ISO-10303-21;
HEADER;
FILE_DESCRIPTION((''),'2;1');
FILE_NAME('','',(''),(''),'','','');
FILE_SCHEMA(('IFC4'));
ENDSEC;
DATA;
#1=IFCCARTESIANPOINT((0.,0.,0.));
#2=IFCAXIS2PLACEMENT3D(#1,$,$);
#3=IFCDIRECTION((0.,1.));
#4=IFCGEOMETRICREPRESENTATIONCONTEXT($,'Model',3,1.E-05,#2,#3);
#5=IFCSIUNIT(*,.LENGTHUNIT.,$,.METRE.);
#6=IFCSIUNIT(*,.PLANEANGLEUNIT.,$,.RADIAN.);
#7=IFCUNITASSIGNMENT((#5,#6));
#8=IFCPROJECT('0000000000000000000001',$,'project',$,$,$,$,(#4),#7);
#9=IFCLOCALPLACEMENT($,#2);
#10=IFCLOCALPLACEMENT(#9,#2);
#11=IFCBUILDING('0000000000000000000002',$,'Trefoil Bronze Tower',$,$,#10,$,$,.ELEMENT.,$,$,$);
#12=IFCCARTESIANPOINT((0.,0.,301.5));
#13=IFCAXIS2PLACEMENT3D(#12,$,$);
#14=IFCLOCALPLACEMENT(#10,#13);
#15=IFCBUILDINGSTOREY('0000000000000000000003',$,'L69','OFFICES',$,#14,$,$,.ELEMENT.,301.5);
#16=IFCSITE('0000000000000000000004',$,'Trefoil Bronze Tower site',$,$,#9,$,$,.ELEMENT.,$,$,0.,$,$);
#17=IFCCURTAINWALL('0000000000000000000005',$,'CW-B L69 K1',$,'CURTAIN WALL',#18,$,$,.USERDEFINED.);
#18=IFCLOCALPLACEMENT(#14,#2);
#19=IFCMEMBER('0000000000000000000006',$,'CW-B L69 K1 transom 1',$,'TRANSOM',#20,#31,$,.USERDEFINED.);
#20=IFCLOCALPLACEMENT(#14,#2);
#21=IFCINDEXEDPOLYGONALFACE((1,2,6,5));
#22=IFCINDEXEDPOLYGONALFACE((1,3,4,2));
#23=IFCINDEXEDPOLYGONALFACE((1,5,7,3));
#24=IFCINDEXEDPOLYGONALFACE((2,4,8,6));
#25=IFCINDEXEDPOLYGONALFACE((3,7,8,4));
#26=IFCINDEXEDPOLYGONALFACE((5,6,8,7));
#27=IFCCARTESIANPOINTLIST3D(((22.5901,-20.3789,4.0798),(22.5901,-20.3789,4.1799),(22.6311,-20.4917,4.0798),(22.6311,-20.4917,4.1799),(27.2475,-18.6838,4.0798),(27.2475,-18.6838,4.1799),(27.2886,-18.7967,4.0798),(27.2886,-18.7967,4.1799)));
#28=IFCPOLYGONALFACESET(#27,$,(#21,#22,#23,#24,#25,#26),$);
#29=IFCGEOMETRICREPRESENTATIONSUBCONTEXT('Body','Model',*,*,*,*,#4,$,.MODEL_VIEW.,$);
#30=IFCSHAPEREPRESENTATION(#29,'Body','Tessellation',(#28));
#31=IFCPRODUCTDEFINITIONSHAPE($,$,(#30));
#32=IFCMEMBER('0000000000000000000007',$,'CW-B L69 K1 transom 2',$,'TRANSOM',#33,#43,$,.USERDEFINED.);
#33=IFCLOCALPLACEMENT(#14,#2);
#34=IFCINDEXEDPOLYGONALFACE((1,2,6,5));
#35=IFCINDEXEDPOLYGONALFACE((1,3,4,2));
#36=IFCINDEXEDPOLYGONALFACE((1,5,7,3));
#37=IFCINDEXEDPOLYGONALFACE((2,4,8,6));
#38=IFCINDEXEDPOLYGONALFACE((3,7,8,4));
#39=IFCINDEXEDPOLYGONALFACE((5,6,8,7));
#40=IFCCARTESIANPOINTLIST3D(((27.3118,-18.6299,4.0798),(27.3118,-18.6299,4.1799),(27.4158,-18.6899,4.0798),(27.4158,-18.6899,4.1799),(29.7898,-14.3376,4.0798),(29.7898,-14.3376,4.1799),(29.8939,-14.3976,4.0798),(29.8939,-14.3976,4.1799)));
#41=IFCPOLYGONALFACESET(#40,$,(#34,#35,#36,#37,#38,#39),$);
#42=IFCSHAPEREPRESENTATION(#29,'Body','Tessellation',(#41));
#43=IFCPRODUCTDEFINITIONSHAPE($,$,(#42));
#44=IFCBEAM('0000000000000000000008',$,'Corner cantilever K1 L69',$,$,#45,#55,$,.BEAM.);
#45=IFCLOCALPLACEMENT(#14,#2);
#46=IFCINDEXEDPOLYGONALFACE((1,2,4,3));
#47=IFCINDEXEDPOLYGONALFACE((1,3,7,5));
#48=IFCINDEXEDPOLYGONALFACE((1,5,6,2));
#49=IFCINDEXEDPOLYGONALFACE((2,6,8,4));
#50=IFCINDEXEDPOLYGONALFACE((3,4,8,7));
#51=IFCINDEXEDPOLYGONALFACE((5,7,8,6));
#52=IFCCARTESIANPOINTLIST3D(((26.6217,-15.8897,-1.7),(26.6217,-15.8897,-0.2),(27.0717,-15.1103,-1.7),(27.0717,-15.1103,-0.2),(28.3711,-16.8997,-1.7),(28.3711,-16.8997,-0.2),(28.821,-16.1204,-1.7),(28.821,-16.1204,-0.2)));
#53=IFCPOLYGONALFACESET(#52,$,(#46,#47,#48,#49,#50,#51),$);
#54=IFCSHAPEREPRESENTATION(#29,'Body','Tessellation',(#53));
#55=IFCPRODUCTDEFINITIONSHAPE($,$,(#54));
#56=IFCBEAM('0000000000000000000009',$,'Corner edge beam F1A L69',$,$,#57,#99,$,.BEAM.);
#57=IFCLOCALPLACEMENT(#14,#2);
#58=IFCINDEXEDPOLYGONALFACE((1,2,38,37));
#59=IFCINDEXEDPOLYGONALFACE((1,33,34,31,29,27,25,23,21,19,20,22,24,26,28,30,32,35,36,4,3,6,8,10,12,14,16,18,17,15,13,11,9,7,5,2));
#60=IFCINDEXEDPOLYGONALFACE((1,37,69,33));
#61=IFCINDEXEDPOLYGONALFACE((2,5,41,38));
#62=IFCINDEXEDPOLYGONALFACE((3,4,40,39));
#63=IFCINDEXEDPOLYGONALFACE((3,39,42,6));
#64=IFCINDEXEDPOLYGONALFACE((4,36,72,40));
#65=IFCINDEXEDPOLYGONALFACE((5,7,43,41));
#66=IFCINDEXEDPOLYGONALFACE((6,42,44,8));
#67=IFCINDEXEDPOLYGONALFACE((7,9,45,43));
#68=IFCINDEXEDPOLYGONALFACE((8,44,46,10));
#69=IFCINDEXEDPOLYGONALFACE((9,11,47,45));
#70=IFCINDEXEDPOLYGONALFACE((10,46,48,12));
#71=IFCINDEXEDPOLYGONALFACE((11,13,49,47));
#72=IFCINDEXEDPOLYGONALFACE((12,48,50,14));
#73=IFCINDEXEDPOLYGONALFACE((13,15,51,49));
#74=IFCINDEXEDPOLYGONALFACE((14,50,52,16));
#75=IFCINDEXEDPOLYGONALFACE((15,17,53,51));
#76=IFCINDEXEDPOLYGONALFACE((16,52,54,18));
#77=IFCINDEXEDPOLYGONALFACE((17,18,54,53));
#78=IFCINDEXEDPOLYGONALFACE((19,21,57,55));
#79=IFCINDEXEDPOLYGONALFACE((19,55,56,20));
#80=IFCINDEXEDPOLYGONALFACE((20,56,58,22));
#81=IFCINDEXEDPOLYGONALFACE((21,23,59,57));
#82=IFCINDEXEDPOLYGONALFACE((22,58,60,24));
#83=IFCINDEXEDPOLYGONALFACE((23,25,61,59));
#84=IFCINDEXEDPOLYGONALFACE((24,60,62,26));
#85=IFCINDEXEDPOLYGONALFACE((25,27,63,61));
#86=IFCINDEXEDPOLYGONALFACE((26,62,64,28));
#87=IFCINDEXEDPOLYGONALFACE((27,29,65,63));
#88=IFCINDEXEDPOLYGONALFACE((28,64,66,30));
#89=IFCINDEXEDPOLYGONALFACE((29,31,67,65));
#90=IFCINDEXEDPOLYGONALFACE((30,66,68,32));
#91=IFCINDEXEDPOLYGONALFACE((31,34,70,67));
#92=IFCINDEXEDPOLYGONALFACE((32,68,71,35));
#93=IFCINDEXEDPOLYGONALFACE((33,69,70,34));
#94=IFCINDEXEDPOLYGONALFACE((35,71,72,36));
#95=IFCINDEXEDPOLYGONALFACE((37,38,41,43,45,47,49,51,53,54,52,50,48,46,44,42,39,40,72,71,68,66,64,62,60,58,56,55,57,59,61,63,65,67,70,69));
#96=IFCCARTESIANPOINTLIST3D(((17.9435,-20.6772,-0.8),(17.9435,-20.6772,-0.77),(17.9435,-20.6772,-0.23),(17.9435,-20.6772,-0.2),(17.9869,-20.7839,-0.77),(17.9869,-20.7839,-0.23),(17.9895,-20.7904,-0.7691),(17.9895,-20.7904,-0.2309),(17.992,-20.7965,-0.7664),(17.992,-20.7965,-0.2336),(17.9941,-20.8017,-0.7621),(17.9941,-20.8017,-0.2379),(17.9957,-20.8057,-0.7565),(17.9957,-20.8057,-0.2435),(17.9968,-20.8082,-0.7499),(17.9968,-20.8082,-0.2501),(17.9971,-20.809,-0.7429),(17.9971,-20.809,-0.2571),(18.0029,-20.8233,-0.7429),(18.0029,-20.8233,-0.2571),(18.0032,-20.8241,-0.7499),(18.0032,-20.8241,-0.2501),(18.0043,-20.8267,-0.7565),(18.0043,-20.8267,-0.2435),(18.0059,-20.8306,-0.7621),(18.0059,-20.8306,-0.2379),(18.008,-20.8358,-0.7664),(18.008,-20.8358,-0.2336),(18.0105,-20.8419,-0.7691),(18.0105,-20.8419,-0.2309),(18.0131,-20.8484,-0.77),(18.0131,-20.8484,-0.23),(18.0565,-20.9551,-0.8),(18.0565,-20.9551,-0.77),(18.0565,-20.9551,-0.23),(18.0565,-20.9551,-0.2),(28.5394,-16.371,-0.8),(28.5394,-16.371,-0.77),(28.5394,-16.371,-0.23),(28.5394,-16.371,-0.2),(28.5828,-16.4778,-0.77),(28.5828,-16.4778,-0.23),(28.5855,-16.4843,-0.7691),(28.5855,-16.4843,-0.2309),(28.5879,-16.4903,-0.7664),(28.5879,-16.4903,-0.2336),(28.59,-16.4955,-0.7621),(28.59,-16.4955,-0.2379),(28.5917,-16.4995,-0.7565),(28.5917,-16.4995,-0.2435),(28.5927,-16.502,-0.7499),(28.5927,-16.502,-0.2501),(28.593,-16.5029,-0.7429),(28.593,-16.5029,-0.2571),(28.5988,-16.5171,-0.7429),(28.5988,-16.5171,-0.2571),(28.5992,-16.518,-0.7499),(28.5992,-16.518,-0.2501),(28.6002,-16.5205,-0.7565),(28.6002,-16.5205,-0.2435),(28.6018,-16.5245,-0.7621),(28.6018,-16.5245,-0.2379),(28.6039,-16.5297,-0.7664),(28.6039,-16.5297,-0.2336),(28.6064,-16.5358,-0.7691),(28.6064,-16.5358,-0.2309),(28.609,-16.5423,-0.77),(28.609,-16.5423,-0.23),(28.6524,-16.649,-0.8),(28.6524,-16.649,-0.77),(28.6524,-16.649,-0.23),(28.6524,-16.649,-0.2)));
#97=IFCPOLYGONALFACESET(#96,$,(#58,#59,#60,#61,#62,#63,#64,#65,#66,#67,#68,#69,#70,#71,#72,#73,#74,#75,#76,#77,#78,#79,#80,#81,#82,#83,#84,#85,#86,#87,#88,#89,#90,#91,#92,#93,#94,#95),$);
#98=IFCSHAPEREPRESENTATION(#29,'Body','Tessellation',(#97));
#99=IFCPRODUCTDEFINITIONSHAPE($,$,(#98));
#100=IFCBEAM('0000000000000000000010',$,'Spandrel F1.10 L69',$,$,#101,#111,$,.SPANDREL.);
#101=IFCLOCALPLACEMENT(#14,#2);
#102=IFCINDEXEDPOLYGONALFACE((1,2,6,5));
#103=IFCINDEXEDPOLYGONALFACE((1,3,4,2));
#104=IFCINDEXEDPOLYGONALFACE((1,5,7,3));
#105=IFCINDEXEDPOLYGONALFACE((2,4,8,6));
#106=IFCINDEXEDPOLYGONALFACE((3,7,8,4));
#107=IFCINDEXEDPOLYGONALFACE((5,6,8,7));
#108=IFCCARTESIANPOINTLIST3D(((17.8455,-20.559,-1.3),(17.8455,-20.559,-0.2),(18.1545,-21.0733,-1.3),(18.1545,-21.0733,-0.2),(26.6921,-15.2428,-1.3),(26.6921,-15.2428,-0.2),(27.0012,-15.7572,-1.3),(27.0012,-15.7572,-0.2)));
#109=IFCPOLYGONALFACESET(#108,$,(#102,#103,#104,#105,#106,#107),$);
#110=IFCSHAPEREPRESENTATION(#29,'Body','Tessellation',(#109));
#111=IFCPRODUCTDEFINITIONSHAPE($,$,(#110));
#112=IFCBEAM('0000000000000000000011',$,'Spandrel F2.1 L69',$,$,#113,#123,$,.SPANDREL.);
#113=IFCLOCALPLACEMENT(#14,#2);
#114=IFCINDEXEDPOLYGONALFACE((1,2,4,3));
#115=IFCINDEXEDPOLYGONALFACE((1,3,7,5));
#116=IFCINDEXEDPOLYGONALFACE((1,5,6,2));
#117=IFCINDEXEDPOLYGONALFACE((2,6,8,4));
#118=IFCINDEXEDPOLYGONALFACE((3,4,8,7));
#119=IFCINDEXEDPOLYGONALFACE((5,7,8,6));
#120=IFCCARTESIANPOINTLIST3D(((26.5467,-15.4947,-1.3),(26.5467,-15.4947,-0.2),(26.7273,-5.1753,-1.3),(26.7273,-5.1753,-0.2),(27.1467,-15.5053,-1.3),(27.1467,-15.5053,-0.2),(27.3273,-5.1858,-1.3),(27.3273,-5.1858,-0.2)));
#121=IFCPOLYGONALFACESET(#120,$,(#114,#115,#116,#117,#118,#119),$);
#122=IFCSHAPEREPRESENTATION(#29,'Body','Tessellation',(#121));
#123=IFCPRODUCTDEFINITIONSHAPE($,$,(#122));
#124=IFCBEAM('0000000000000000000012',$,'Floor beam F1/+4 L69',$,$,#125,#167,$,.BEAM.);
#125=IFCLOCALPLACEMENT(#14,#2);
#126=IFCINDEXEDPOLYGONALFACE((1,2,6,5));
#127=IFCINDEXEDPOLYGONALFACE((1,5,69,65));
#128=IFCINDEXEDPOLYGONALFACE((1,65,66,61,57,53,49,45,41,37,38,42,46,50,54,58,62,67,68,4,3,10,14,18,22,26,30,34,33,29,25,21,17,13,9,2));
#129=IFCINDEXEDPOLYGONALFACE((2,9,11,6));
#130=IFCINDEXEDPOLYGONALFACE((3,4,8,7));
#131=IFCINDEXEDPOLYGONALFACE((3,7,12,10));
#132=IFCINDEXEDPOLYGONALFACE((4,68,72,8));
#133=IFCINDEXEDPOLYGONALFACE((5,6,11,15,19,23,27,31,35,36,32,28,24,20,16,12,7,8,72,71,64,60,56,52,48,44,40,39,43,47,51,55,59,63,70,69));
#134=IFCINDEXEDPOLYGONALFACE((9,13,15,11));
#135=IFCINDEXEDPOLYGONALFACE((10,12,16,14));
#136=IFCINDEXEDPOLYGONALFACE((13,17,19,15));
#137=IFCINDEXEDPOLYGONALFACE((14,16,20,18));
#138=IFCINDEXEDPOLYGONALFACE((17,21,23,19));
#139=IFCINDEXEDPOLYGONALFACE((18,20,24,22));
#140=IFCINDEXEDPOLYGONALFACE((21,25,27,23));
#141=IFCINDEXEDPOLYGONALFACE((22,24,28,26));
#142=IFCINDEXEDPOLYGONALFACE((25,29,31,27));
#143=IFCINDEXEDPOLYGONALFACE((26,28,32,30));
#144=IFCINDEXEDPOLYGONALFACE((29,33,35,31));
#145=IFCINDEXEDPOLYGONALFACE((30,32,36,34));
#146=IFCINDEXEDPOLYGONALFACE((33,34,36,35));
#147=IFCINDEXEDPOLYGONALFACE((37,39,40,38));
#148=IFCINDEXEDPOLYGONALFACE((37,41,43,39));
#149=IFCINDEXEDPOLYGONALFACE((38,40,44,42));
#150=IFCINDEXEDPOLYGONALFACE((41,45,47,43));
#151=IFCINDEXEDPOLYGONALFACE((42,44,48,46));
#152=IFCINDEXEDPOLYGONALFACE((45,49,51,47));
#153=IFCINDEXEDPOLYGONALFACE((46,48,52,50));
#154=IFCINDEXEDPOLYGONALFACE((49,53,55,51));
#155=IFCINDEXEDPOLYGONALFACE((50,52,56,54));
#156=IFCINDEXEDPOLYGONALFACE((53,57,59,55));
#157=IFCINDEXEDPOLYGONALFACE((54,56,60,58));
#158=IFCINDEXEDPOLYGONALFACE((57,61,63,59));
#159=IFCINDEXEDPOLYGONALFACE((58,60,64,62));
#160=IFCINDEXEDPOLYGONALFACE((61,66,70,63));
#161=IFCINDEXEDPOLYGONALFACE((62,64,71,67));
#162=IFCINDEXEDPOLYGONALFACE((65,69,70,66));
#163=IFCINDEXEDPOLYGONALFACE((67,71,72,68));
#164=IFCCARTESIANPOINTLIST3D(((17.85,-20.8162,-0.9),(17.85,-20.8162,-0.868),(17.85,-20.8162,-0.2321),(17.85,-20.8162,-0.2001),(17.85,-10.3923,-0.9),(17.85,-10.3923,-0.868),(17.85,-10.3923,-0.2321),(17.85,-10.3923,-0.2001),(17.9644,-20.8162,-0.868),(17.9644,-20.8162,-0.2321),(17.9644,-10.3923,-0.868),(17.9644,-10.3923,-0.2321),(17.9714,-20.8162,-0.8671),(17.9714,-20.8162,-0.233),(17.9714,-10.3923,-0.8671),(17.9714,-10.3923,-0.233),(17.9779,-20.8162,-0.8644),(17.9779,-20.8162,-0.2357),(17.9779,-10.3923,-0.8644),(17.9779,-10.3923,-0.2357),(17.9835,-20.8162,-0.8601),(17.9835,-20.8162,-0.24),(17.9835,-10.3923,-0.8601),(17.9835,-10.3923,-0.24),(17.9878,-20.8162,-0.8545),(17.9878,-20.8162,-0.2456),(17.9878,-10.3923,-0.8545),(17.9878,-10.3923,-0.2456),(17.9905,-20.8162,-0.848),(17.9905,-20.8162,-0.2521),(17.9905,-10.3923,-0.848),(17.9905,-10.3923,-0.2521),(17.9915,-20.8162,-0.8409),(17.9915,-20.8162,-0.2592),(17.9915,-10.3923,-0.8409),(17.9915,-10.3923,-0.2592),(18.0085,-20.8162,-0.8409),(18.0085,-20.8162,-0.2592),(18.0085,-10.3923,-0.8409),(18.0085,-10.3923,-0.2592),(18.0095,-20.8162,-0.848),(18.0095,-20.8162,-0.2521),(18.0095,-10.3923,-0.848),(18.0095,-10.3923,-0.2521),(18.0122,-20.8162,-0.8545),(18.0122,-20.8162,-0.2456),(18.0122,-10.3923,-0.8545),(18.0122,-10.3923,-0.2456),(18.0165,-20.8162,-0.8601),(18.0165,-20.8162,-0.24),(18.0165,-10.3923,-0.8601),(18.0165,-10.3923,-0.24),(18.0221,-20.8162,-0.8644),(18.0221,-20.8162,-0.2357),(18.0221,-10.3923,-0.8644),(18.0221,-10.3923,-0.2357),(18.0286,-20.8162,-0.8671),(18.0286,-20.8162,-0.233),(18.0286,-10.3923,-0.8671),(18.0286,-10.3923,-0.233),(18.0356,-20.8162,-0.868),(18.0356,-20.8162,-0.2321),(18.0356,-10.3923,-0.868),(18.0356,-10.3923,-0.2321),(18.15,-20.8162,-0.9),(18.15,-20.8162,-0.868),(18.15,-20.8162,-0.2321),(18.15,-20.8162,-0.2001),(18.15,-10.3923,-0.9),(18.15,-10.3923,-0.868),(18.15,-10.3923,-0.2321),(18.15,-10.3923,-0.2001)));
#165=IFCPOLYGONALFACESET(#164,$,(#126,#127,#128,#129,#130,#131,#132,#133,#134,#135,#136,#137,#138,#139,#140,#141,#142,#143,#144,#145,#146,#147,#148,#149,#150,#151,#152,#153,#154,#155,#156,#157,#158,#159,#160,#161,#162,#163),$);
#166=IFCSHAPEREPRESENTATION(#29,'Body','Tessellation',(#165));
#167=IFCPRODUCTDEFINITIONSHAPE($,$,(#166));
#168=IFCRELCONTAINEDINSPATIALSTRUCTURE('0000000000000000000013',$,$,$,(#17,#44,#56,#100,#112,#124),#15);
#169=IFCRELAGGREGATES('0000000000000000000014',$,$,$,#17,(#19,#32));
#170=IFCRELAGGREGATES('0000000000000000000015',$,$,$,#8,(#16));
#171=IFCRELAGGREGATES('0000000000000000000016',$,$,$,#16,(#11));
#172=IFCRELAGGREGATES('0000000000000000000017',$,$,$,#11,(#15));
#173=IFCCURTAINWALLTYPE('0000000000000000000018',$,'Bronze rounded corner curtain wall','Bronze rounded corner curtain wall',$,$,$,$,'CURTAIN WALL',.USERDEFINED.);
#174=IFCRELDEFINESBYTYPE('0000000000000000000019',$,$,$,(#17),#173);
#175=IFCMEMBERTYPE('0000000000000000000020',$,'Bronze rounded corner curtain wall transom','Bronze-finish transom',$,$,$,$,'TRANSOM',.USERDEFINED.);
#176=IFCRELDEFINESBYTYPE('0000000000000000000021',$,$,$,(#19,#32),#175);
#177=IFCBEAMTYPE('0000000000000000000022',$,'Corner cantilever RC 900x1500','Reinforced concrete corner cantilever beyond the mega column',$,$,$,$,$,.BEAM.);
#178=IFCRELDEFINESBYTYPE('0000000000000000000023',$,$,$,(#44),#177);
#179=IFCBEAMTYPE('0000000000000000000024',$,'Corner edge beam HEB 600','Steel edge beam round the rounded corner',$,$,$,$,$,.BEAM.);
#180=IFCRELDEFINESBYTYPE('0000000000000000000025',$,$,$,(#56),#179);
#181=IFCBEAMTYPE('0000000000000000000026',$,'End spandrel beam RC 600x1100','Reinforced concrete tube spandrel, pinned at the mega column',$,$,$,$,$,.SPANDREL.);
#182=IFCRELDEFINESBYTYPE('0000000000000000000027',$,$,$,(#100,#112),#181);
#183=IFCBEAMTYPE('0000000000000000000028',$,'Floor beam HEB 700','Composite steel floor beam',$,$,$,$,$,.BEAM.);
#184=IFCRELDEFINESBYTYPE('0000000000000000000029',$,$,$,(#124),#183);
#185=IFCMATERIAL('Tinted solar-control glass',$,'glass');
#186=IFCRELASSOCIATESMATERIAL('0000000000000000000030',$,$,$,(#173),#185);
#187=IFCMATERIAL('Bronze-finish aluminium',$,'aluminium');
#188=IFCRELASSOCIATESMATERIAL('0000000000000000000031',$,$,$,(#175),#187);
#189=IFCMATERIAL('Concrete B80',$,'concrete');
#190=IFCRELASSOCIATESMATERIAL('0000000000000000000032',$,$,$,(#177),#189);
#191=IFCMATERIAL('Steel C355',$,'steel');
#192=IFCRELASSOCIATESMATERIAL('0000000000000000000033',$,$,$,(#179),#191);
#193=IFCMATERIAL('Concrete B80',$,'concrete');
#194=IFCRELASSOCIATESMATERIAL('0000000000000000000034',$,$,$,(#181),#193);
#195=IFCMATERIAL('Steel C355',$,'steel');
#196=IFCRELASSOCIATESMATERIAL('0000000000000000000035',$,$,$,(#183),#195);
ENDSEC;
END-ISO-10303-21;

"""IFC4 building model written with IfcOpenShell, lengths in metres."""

from ifc_helpers import new_model, si_unit, direction, frame, origin, origin_2d, place, context, subcontext, project, spatial, rectangle, i_section, extrude, material, material_profile, profile_set, type_object, element, aggregate, save


model = new_model("IFC4")

# Units and contexts
model_context = context("Model", 3, precision=1e-05, world=origin(), true_north=direction((0.0, 1.0)))
body_context = subcontext(model_context, "Body", "Model", "MODEL_VIEW")
ifc_project = project(units=[si_unit("LENGTHUNIT", "METRE"), si_unit("PLANEANGLEUNIT", "RADIAN")], contexts=[model_context])

# Site, building, storey
site_placement = place(None, origin())
site = spatial("IfcSite", under=ifc_project, at=site_placement, Name="Trefoil Bronze Tower site", CompositionType="ELEMENT", RefElevation=0.0)
building_placement = place(site_placement, origin())
building = spatial("IfcBuilding", under=site, at=building_placement, Name="Trefoil Bronze Tower", CompositionType="ELEMENT")
storey_placement = place(building_placement, frame((0.0, 0.0, 301.5)))
storey = spatial("IfcBuildingStorey", under=building, at=storey_placement, Name="L69", Description="OFFICES", CompositionType="ELEMENT", Elevation=301.5)

# Curtain wall, members
ifc_material_1 = material(Name="Tinted solar-control glass", Category="glass")
curtain_wall_type_1 = type_object("IfcCurtainWallType", Name="Bronze rounded corner curtain wall", Description="Bronze rounded corner curtain wall", ElementType="CURTAIN WALL", PredefinedType="USERDEFINED", material=ifc_material_1)
curtain_wall_1_placement = place(storey_placement, origin())
curtain_wall_1 = element("IfcCurtainWall", 1, at=curtain_wall_1_placement, inside=storey, type_object=curtain_wall_type_1, Name="CW-B L69 K1", ObjectType="CURTAIN WALL", PredefinedType="USERDEFINED")
ifc_material_2 = material(Name="Bronze-finish aluminium", Category="aluminium")
ifc_material_profile_1 = material_profile(ifc_material_2, rectangle(XDim=0.1201, YDim=0.1001, at=origin_2d()), Name="CW-B transom")
ifc_profile_set_1 = profile_set([ifc_material_profile_1], Name="Bronze-finish aluminium")
member_type_1 = type_object("IfcMemberType", Name="Bronze rounded corner curtain wall transom", Description="Bronze-finish transom", ElementType="TRANSOM", PredefinedType="USERDEFINED", material=ifc_profile_set_1)
member_1_placement = place(storey_placement, frame((22.6106, -20.4353, 4.1299), z_axis=(0.9397, 0.342, 0.0), x_axis=(-0.342, 0.9397, 0.0)))
member_1 = element("IfcMember", 2, at=member_1_placement, type_object=member_type_1, Name="CW-B L69 K1 transom 1", ObjectType="TRANSOM", PredefinedType="USERDEFINED", context=body_context, shape_type="SweptSolid", body=[
    extrude(rectangle(XDim=0.1201, YDim=0.1001, at=origin_2d()), origin(), (0.0, 0.0, 1.0), 4.9563),
])
member_2_placement = place(storey_placement, frame((27.3638, -18.6599, 4.1299), z_axis=(0.499985, 0.866034, 0.0), x_axis=(-0.866034, 0.499985, 0.0)))
member_2 = element("IfcMember", 3, at=member_2_placement, type_object=member_type_1, Name="CW-B L69 K1 transom 2", ObjectType="TRANSOM", PredefinedType="USERDEFINED", context=body_context, shape_type="SweptSolid", body=[
    extrude(rectangle(XDim=0.1201, YDim=0.1001, at=origin_2d()), origin(), (0.0, 0.0, 1.0), 4.9563),
])

# Beams
ifc_material_3 = material(Name="Concrete B80", Category="concrete")
ifc_material_profile_2 = material_profile(ifc_material_3, rectangle(XDim=0.8999, YDim=1.5, at=origin_2d()), Name="RC 900x1500")
ifc_profile_set_2 = profile_set([ifc_material_profile_2], Name="Concrete B80")
beam_type_1 = type_object("IfcBeamType", Name="Corner cantilever RC 900x1500", Description="Reinforced concrete corner cantilever beyond the mega column", PredefinedType="BEAM", material=ifc_profile_set_2)
beam_1_placement = place(storey_placement, frame((26.8467, -15.5, -0.95), z_axis=(0.86601, -0.500026, 0.0), x_axis=(0.500026, 0.86601, 0.0)))
element("IfcBeam", 4, at=beam_1_placement, inside=storey, type_object=beam_type_1, Name="Corner cantilever K1 L69", PredefinedType="BEAM", context=body_context, shape_type="SweptSolid", body=[
    extrude(rectangle(XDim=0.8999, YDim=1.5, at=origin_2d()), origin(), (0.0, 0.0, 1.0), 2.02),
])
ifc_material_4 = material(Name="Steel C355", Category="steel")
ifc_material_profile_3 = material_profile(ifc_material_4, i_section(OverallWidth=0.3, OverallDepth=0.6001, WebThickness=0.0154, FlangeThickness=0.03, FilletRadius=0.0271, at=origin_2d()), Name="HEB 600")
ifc_profile_set_3 = profile_set([ifc_material_profile_3], Name="Steel C355")
beam_type_2 = type_object("IfcBeamType", Name="Corner edge beam HEB 600", Description="Steel edge beam round the rounded corner", PredefinedType="BEAM", material=ifc_profile_set_3)
beam_2_placement = place(storey_placement, frame((18.0, -20.8162, -0.5), z_axis=(0.926419, 0.376493, 0.0), x_axis=(-0.376493, 0.926419, 0.0)))
element("IfcBeam", 5, at=beam_2_placement, inside=storey, type_object=beam_type_2, Name="Corner edge beam F1A L69", PredefinedType="BEAM", context=body_context, shape_type="SweptSolid", body=[
    extrude(i_section(OverallWidth=0.3, OverallDepth=0.6001, WebThickness=0.0154, FlangeThickness=0.03, FilletRadius=0.0271, at=origin_2d()), origin(), (0.0, 0.0, 1.0), 11.4375),
])
ifc_material_5 = material(Name="Concrete B80", Category="concrete")
ifc_material_profile_4 = material_profile(ifc_material_5, rectangle(XDim=0.6001, YDim=1.1001, at=origin_2d()), Name="RC 600x1100")
ifc_profile_set_4 = profile_set([ifc_material_profile_4], Name="Concrete B80")
beam_type_3 = type_object("IfcBeamType", Name="End spandrel beam RC 600x1100", Description="Reinforced concrete tube spandrel, pinned at the mega column", PredefinedType="SPANDREL", material=ifc_profile_set_4)
for number, where, z_axis, x_axis, name in (
    (6, (18.0, -20.8162, -0.75), (0.857144, 0.515077, 0.0), (-0.515077, 0.857144, 0.0), "Spandrel F1.10 L69"),
    (7, (26.8467, -15.5, -0.75), (0.017504, 0.999847, 0.0), (-0.999847, 0.017504, 0.0), "Spandrel F2.1 L69"),
):
    element("IfcBeam", number, at=place(storey_placement, frame(where, z_axis=z_axis, x_axis=x_axis)), inside=storey, type_object=beam_type_3, Name=name, PredefinedType="SPANDREL", context=body_context, shape_type="SweptSolid", body=[
        extrude(rectangle(XDim=0.6001, YDim=1.1001, at=origin_2d()), origin(), (0.0, 0.0, 1.0), 10.321),
    ])
ifc_material_6 = material(Name="Steel C355", Category="steel")
ifc_material_profile_5 = material_profile(ifc_material_6, i_section(OverallWidth=0.3, OverallDepth=0.7, WebThickness=0.0171, FlangeThickness=0.032, FilletRadius=0.0271, at=origin_2d()), Name="HEB 700")
ifc_profile_set_5 = profile_set([ifc_material_profile_5], Name="Steel C355")
beam_type_4 = type_object("IfcBeamType", Name="Floor beam HEB 700", Description="Composite steel floor beam", PredefinedType="BEAM", material=ifc_profile_set_5)
beam_3_placement = place(storey_placement, frame((18.0, -20.8162, -0.55), z_axis=(0.0, 1.0, 0.0), x_axis=(-1.0, 0.0, 0.0)))
element("IfcBeam", 8, at=beam_3_placement, inside=storey, type_object=beam_type_4, Name="Floor beam F1/+4 L69", PredefinedType="BEAM", context=body_context, shape_type="SweptSolid", body=[
    extrude(i_section(OverallWidth=0.3, OverallDepth=0.7, WebThickness=0.0171, FlangeThickness=0.032, FilletRadius=0.0271, at=origin_2d()), origin(), (0.0, 0.0, 1.0), 10.4238),
])

aggregate(curtain_wall_1, [member_1, member_2])

save(model, "model.ifc")
